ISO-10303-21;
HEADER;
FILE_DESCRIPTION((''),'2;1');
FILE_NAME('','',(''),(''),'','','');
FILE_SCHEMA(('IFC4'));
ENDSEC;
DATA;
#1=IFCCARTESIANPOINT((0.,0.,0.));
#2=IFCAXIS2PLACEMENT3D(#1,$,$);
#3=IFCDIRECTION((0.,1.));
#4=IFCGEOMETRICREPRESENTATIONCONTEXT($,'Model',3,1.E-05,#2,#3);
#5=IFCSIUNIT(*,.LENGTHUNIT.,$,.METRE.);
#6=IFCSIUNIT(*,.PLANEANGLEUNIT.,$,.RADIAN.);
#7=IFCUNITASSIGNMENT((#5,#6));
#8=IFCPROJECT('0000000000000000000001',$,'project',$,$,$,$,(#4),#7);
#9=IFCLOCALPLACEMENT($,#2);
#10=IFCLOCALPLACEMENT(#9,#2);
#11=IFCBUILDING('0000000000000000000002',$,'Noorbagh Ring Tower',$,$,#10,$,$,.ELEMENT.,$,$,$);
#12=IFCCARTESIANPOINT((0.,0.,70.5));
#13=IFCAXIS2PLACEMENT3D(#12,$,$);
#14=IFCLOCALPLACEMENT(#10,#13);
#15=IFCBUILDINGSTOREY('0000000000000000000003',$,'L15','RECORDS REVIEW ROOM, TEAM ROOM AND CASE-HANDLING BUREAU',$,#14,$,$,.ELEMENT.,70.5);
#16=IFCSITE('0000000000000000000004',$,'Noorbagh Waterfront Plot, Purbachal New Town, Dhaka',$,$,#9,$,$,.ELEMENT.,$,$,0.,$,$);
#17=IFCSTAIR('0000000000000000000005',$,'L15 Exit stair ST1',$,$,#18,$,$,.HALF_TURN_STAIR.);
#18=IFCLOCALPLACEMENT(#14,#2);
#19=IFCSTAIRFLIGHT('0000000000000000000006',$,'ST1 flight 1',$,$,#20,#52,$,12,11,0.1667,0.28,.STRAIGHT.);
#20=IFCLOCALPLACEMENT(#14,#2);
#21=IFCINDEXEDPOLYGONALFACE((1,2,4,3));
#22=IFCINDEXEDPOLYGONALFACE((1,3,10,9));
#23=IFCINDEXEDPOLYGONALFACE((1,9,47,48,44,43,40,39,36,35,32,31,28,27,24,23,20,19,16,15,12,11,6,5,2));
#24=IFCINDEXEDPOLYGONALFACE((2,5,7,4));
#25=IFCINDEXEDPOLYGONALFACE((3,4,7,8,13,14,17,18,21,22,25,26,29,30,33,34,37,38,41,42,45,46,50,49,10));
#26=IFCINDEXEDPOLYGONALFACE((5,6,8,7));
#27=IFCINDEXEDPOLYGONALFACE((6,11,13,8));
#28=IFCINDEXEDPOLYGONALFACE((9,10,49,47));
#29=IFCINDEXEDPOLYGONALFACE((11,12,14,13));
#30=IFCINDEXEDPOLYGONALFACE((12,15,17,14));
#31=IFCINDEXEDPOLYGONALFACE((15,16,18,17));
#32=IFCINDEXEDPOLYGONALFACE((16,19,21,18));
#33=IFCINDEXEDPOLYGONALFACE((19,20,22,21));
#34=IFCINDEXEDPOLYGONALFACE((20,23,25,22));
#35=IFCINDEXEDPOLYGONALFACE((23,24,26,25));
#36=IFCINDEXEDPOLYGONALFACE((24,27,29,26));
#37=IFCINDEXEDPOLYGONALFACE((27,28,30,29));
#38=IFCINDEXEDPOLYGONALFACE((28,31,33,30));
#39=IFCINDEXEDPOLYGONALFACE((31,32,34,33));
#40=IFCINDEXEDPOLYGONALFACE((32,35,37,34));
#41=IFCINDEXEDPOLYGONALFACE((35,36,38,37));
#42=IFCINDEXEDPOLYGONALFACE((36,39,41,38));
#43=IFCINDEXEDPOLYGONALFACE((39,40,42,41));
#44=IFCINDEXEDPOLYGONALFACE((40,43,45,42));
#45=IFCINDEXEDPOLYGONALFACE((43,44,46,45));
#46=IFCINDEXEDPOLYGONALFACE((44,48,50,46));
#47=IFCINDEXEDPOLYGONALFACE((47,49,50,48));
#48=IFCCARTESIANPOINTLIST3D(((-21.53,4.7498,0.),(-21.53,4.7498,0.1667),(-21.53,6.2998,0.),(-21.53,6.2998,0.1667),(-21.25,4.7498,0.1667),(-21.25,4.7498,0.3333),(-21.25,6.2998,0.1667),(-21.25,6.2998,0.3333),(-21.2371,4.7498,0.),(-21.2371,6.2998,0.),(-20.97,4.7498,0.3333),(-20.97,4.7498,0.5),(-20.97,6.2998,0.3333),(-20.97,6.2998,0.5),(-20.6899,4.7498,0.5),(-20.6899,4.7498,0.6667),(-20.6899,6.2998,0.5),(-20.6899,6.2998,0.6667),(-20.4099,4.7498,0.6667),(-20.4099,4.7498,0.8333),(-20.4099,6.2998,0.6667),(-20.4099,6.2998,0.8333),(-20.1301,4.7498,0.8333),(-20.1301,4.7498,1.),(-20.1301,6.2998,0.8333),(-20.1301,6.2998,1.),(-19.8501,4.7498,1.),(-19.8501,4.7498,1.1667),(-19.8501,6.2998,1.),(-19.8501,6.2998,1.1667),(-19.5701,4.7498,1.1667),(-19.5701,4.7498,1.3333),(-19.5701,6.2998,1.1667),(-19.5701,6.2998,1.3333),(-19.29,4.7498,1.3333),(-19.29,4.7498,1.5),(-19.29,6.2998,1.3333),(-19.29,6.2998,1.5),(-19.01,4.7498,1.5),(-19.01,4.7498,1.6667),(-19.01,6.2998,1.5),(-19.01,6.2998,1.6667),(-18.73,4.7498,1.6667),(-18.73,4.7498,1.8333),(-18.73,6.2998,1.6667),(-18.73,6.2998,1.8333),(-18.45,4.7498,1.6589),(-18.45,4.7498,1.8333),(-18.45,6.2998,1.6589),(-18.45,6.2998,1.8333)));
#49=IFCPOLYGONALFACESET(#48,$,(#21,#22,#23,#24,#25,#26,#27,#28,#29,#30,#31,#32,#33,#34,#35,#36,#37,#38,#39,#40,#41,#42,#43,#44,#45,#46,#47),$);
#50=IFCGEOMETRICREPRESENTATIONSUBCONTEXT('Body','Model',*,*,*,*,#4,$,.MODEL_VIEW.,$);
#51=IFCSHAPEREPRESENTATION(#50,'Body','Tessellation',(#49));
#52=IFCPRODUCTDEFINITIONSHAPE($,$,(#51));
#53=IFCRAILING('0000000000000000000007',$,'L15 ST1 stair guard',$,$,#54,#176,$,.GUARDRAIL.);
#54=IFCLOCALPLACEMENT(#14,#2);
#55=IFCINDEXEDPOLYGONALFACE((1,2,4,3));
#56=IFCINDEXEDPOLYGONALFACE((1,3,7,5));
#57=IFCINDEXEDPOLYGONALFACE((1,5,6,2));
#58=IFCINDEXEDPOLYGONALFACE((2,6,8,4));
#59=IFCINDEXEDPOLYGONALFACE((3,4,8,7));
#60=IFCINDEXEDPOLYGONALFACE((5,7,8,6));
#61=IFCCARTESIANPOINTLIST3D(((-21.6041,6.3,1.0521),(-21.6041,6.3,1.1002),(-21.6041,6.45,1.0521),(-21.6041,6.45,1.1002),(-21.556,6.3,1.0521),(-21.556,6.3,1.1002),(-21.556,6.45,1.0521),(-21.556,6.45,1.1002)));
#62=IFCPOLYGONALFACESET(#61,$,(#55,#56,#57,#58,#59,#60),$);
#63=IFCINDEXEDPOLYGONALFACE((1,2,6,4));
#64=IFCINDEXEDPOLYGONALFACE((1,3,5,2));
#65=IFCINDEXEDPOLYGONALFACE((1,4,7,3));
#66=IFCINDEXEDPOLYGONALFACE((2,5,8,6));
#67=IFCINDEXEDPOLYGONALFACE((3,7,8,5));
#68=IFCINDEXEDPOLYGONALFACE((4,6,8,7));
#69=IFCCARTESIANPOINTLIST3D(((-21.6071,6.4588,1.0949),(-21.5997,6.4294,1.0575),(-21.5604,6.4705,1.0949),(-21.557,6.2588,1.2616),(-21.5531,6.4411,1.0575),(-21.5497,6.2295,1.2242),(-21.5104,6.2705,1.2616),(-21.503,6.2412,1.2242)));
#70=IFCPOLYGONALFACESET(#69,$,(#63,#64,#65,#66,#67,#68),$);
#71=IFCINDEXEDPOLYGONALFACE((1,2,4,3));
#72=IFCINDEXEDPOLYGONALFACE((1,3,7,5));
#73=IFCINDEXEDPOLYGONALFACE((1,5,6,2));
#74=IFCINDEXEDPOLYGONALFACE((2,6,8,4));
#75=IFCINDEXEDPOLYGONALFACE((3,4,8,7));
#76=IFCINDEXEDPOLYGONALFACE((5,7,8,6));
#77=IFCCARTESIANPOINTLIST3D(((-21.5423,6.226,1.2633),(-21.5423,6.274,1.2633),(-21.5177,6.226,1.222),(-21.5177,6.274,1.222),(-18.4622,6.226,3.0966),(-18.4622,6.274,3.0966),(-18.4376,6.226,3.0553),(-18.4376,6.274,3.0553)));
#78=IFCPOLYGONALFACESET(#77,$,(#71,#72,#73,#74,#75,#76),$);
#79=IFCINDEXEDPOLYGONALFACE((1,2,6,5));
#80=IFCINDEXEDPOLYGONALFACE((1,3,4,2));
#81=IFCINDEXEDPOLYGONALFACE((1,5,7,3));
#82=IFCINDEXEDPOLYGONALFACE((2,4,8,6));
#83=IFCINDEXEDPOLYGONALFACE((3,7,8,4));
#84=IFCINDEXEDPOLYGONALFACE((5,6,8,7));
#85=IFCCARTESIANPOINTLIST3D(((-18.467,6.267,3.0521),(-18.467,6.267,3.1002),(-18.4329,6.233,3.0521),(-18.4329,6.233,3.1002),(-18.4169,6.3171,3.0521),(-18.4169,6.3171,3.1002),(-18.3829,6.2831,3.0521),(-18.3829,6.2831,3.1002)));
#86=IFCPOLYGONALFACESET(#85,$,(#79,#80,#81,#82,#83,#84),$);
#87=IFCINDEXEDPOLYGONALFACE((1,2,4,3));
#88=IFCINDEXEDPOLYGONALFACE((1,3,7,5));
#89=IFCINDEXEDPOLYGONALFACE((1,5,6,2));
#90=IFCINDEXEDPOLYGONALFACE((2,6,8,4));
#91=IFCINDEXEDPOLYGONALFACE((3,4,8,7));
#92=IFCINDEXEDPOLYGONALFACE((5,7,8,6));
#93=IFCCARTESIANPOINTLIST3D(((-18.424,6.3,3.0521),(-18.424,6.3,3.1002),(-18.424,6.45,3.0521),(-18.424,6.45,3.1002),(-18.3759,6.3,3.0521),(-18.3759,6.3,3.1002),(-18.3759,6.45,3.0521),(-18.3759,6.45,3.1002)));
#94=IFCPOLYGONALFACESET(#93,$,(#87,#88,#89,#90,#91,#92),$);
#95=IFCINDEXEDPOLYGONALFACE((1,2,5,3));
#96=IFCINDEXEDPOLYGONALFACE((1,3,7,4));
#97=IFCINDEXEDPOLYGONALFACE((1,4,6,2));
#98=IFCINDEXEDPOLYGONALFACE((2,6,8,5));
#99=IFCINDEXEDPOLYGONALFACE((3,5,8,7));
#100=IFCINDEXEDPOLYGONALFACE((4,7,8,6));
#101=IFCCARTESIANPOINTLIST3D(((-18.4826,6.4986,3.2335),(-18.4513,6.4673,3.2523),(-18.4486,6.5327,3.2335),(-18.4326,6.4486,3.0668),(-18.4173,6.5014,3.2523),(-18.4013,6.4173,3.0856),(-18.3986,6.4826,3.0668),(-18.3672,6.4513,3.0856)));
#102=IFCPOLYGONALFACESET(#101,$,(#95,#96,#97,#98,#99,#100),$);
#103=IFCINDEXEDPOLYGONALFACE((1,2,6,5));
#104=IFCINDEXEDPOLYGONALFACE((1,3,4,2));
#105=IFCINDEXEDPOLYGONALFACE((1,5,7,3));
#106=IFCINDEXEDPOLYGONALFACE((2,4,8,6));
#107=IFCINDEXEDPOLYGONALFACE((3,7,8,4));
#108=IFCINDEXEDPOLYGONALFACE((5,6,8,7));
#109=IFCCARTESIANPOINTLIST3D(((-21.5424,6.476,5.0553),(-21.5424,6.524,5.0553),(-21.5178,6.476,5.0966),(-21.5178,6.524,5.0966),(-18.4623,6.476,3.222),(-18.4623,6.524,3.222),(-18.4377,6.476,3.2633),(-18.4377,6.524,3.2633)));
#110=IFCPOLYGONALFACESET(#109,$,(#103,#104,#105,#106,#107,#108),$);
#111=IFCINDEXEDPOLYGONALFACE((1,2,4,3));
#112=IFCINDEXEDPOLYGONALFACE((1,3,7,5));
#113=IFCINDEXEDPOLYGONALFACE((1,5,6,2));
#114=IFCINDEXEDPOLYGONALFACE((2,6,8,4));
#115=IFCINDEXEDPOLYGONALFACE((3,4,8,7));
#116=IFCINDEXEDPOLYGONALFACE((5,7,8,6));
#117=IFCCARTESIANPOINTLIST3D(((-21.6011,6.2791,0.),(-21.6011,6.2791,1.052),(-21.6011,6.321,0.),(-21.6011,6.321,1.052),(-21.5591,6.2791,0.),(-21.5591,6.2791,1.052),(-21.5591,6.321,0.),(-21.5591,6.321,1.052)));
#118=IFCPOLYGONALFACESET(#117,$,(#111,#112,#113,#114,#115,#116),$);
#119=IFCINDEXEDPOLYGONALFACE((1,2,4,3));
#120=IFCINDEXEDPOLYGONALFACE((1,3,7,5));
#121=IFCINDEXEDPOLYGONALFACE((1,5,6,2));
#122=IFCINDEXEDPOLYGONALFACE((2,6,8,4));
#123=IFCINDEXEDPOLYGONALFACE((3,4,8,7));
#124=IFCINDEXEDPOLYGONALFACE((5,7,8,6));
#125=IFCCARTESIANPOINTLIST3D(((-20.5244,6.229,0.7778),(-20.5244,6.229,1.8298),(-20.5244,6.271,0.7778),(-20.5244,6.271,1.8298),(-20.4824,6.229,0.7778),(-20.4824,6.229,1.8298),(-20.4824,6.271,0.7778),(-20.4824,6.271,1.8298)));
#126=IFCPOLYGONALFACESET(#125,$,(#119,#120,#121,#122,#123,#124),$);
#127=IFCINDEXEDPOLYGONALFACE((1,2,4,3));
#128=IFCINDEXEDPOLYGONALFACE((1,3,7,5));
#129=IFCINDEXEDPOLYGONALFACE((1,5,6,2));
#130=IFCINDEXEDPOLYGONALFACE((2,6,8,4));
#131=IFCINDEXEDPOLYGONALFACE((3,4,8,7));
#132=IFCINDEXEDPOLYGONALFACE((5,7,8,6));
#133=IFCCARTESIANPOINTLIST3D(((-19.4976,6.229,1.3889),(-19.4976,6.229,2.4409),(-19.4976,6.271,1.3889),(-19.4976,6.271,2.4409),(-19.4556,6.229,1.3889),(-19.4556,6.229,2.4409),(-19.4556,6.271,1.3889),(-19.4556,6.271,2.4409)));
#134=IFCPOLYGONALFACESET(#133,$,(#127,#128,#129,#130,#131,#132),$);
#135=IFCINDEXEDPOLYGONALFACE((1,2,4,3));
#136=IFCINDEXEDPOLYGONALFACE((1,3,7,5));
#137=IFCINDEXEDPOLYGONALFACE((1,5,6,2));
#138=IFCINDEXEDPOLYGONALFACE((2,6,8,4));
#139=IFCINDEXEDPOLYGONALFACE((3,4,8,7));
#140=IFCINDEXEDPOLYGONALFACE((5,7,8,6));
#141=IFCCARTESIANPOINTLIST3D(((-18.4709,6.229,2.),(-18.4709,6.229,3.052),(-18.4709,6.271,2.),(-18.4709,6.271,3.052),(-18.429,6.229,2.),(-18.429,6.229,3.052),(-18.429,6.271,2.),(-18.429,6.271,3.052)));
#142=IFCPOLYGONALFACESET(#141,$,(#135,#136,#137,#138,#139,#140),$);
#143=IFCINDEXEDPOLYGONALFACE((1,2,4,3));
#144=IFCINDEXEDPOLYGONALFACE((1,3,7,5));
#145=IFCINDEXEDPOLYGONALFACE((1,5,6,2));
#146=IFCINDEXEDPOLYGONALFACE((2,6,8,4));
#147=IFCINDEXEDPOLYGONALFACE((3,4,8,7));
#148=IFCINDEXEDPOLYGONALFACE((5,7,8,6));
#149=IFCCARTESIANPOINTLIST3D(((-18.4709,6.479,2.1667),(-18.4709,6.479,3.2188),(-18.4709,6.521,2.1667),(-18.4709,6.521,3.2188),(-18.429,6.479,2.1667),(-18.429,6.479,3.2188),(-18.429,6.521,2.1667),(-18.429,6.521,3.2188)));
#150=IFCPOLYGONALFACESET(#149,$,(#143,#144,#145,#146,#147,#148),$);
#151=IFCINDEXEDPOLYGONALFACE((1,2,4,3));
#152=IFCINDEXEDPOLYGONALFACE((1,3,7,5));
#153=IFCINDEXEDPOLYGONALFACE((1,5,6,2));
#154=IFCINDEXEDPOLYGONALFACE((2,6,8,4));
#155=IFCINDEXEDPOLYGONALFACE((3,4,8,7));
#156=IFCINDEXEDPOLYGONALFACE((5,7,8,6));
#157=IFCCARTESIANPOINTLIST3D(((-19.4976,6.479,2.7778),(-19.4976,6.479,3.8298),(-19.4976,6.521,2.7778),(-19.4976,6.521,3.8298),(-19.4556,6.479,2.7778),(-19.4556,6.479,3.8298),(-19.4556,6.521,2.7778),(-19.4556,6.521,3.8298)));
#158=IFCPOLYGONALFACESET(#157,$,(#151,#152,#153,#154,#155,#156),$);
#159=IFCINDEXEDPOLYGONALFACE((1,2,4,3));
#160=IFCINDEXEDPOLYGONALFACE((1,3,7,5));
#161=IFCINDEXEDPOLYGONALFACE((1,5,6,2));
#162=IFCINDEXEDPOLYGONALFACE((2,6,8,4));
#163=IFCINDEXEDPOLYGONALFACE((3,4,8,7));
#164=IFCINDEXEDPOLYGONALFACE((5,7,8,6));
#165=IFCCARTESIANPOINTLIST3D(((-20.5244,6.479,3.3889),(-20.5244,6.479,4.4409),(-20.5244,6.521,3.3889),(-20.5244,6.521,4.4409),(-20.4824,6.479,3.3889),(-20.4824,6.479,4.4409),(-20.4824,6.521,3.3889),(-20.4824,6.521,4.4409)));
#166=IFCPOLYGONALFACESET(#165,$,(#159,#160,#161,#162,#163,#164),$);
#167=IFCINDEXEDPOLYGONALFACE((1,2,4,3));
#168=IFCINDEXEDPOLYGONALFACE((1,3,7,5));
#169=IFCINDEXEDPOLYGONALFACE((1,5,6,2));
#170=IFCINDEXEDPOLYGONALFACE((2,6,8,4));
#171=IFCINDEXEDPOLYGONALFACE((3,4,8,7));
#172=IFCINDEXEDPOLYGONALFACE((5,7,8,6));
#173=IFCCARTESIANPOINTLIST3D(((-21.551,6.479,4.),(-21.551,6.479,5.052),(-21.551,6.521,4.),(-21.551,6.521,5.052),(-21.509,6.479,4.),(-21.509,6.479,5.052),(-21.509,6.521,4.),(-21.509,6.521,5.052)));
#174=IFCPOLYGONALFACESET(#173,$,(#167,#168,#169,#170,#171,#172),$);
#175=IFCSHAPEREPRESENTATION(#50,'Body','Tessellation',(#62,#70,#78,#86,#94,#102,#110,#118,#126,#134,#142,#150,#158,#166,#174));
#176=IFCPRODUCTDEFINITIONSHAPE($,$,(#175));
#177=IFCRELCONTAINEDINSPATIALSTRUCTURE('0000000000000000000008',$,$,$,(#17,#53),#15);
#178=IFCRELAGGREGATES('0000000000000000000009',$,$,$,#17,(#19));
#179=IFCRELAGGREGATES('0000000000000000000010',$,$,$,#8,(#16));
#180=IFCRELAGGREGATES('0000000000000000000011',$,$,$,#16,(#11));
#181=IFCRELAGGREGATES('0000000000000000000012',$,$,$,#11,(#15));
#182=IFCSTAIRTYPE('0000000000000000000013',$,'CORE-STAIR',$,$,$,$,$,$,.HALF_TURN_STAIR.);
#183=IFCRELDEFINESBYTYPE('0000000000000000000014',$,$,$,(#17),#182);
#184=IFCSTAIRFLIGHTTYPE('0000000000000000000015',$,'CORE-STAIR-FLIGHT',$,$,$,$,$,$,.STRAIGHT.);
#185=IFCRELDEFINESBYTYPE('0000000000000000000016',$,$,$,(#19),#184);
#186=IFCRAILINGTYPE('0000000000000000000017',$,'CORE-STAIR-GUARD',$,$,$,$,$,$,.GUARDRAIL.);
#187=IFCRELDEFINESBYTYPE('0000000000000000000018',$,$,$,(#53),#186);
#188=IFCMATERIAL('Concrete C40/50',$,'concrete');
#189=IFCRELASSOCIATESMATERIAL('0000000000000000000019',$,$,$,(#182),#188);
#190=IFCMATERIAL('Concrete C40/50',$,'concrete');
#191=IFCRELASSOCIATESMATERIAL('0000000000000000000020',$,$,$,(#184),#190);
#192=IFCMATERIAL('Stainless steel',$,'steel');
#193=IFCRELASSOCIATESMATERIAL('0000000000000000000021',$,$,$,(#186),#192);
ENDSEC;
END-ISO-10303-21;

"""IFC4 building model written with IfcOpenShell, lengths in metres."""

from ifc_helpers import new_model, si_unit, direction, frame, origin, origin_2d, place, context, subcontext, project, spatial, polyline, rectangle, outline, extrude, material, type_object, element, aggregate, save


model = new_model("IFC4")

# Units and contexts
model_context = context("Model", 3, precision=1e-05, world=origin(), true_north=direction((0.0, 1.0)))
body_context = subcontext(model_context, "Body", "Model", "MODEL_VIEW")
ifc_project = project(units=[si_unit("LENGTHUNIT", "METRE"), si_unit("PLANEANGLEUNIT", "RADIAN")], contexts=[model_context])

# Site, building, storey
site_placement = place(None, origin())
site = spatial("IfcSite", under=ifc_project, at=site_placement, Name="Noorbagh Waterfront Plot, Purbachal New Town, Dhaka", CompositionType="ELEMENT", RefElevation=0.0)
building_placement = place(site_placement, origin())
building = spatial("IfcBuilding", under=site, at=building_placement, Name="Noorbagh Ring Tower", CompositionType="ELEMENT")
storey_placement = place(building_placement, frame((0.0, 0.0, 70.5)))
storey = spatial("IfcBuildingStorey", under=building, at=storey_placement, Name="L15", Description="RECORDS REVIEW ROOM, TEAM ROOM AND CASE-HANDLING BUREAU", CompositionType="ELEMENT", Elevation=70.5)

# Stair, stair flight
ifc_material_1 = material(Name="Concrete C40/50", Category="concrete")
stair_type = type_object("IfcStairType", Name="CORE-STAIR", PredefinedType="HALF_TURN_STAIR", material=ifc_material_1)
stair_placement = place(storey_placement, origin())
stair = element("IfcStair", 1, at=stair_placement, inside=storey, type_object=stair_type, Name="L15 Exit stair ST1", PredefinedType="HALF_TURN_STAIR")
ifc_material_2 = material(Name="Concrete C40/50", Category="concrete")
stair_flight_type = type_object("IfcStairFlightType", Name="CORE-STAIR-FLIGHT", PredefinedType="STRAIGHT", material=ifc_material_2)
stair_flight_placement = place(storey_placement, frame((-21.53, 5.5249, 0.0), z_axis=(0.0, 0.0, 1.0), x_axis=(1.0, 0.0, 0.0)))
stair_flight = element("IfcStairFlight", 2, at=stair_flight_placement, type_object=stair_flight_type, Name="ST1 flight 1", NumberOfRisers=12, NumberOfTreads=11, PredefinedType="STRAIGHT", RiserHeight=0.1667, TreadLength=0.28, context=body_context, shape_type="SweptSolid", body=[
    extrude(outline(polyline([(0.0, 0.0), (0.0, 0.1667), (0.28, 0.1667), (0.28, 0.3333), (0.5601, 0.3333), (0.5601, 0.5), (0.8401, 0.5), (0.8401, 0.6667), (1.1201, 0.6667), (1.1201, 0.8333), (1.3999, 0.8333), (1.3999, 1.0), (1.6799, 1.0), (1.6799, 1.1667), (1.96, 1.1667), (1.96, 1.3333), (2.24, 1.3333), (2.24, 1.5), (2.52, 1.5), (2.52, 1.6667), (2.8, 1.6667), (2.8, 1.8333), (3.0801, 1.8333), (3.0801, 2.0), (3.0801, 1.6589), (0.293, 0.0), (0.0, 0.0)])), frame((0.0, 0.7749, 0.0), z_axis=(0.0, -1.0, 0.0), x_axis=(1.0, 0.0, 0.0)), (0.0, 0.0, 1.0), 1.55),
])
aggregate(stair, [stair_flight])

# Railing
ifc_material_3 = material(Name="Stainless steel", Category="steel")
railing_type_1 = type_object("IfcRailingType", Name="CORE-STAIR-GUARD", PredefinedType="GUARDRAIL", material=ifc_material_3)
railing_1_placement = place(storey_placement, frame((-21.5801, 6.3, 0.0)))
element("IfcRailing", 3, at=railing_1_placement, inside=storey, type_object=railing_type_1, Name="L15 ST1 stair guard", PredefinedType="GUARDRAIL", context=body_context, shape_type="SweptSolid", body=[
    extrude(rectangle(XDim=0.0481, YDim=0.0481, at=origin_2d()), frame((0.0, 0.0, 1.0762), z_axis=(0.0, 1.0, 0.0), x_axis=(-1.0, 0.0, 0.0)), (0.0, 0.0, 1.0), 0.1499),
    extrude(rectangle(XDim=0.0481, YDim=0.0481, at=origin_2d()), frame((0.0, 0.1499, 1.0762), z_axis=(0.188776, -0.754182, 0.628946), x_axis=(0.970073, 0.242814, 0.0)), (0.0, 0.0, 1.0), 0.2651),
    extrude(rectangle(XDim=0.0481, YDim=0.0481, at=origin_2d()), frame((0.05, -0.05, 1.2427), z_axis=(0.859309, 0.0, 0.511458), x_axis=(0.0, 1.0, 0.0)), (0.0, 0.0, 1.0), 3.5845),
    extrude(rectangle(XDim=0.0481, YDim=0.0481, at=origin_2d()), frame((3.1301, -0.05, 3.0762), z_axis=(0.707107, 0.707107, 0.0), x_axis=(-0.707107, 0.707107, 0.0)), (0.0, 0.0, 1.0), 0.0708),
    extrude(rectangle(XDim=0.0481, YDim=0.0481, at=origin_2d()), frame((3.1802, 0.0, 3.0762), z_axis=(0.0, 1.0, 0.0), x_axis=(-1.0, 0.0, 0.0)), (0.0, 0.0, 1.0), 0.1499),
    extrude(rectangle(XDim=0.0481, YDim=0.0481, at=origin_2d()), frame((3.1802, 0.1499, 3.0762), z_axis=(-0.276287, 0.276287, 0.920506), x_axis=(-0.707107, -0.707107, 0.0)), (0.0, 0.0, 1.0), 0.1812),
    extrude(rectangle(XDim=0.0481, YDim=0.0481, at=origin_2d()), frame((3.1301, 0.2, 3.2427), z_axis=(-0.859309, 0.0, 0.511458), x_axis=(0.0, -1.0, 0.0)), (0.0, 0.0, 1.0), 3.5845),
    extrude(rectangle(XDim=0.042, YDim=0.042, at=origin_2d()), origin(), (0.0, 0.0, 1.0), 1.052),
    extrude(rectangle(XDim=0.042, YDim=0.042, at=origin_2d()), frame((1.0767, -0.05, 0.7778)), (0.0, 0.0, 1.0), 1.052),
    extrude(rectangle(XDim=0.042, YDim=0.042, at=origin_2d()), frame((2.1035, -0.05, 1.3889)), (0.0, 0.0, 1.0), 1.052),
    extrude(rectangle(XDim=0.042, YDim=0.042, at=origin_2d()), frame((3.1301, -0.05, 2.0)), (0.0, 0.0, 1.0), 1.052),
    extrude(rectangle(XDim=0.042, YDim=0.042, at=origin_2d()), frame((3.1301, 0.2, 2.1667)), (0.0, 0.0, 1.0), 1.052),
    extrude(rectangle(XDim=0.042, YDim=0.042, at=origin_2d()), frame((2.1035, 0.2, 2.7778)), (0.0, 0.0, 1.0), 1.052),
    extrude(rectangle(XDim=0.042, YDim=0.042, at=origin_2d()), frame((1.0767, 0.2, 3.3889)), (0.0, 0.0, 1.0), 1.052),
    extrude(rectangle(XDim=0.042, YDim=0.042, at=origin_2d()), frame((0.05, 0.2, 4.0)), (0.0, 0.0, 1.0), 1.052),
])

save(model, "model.ifc")
